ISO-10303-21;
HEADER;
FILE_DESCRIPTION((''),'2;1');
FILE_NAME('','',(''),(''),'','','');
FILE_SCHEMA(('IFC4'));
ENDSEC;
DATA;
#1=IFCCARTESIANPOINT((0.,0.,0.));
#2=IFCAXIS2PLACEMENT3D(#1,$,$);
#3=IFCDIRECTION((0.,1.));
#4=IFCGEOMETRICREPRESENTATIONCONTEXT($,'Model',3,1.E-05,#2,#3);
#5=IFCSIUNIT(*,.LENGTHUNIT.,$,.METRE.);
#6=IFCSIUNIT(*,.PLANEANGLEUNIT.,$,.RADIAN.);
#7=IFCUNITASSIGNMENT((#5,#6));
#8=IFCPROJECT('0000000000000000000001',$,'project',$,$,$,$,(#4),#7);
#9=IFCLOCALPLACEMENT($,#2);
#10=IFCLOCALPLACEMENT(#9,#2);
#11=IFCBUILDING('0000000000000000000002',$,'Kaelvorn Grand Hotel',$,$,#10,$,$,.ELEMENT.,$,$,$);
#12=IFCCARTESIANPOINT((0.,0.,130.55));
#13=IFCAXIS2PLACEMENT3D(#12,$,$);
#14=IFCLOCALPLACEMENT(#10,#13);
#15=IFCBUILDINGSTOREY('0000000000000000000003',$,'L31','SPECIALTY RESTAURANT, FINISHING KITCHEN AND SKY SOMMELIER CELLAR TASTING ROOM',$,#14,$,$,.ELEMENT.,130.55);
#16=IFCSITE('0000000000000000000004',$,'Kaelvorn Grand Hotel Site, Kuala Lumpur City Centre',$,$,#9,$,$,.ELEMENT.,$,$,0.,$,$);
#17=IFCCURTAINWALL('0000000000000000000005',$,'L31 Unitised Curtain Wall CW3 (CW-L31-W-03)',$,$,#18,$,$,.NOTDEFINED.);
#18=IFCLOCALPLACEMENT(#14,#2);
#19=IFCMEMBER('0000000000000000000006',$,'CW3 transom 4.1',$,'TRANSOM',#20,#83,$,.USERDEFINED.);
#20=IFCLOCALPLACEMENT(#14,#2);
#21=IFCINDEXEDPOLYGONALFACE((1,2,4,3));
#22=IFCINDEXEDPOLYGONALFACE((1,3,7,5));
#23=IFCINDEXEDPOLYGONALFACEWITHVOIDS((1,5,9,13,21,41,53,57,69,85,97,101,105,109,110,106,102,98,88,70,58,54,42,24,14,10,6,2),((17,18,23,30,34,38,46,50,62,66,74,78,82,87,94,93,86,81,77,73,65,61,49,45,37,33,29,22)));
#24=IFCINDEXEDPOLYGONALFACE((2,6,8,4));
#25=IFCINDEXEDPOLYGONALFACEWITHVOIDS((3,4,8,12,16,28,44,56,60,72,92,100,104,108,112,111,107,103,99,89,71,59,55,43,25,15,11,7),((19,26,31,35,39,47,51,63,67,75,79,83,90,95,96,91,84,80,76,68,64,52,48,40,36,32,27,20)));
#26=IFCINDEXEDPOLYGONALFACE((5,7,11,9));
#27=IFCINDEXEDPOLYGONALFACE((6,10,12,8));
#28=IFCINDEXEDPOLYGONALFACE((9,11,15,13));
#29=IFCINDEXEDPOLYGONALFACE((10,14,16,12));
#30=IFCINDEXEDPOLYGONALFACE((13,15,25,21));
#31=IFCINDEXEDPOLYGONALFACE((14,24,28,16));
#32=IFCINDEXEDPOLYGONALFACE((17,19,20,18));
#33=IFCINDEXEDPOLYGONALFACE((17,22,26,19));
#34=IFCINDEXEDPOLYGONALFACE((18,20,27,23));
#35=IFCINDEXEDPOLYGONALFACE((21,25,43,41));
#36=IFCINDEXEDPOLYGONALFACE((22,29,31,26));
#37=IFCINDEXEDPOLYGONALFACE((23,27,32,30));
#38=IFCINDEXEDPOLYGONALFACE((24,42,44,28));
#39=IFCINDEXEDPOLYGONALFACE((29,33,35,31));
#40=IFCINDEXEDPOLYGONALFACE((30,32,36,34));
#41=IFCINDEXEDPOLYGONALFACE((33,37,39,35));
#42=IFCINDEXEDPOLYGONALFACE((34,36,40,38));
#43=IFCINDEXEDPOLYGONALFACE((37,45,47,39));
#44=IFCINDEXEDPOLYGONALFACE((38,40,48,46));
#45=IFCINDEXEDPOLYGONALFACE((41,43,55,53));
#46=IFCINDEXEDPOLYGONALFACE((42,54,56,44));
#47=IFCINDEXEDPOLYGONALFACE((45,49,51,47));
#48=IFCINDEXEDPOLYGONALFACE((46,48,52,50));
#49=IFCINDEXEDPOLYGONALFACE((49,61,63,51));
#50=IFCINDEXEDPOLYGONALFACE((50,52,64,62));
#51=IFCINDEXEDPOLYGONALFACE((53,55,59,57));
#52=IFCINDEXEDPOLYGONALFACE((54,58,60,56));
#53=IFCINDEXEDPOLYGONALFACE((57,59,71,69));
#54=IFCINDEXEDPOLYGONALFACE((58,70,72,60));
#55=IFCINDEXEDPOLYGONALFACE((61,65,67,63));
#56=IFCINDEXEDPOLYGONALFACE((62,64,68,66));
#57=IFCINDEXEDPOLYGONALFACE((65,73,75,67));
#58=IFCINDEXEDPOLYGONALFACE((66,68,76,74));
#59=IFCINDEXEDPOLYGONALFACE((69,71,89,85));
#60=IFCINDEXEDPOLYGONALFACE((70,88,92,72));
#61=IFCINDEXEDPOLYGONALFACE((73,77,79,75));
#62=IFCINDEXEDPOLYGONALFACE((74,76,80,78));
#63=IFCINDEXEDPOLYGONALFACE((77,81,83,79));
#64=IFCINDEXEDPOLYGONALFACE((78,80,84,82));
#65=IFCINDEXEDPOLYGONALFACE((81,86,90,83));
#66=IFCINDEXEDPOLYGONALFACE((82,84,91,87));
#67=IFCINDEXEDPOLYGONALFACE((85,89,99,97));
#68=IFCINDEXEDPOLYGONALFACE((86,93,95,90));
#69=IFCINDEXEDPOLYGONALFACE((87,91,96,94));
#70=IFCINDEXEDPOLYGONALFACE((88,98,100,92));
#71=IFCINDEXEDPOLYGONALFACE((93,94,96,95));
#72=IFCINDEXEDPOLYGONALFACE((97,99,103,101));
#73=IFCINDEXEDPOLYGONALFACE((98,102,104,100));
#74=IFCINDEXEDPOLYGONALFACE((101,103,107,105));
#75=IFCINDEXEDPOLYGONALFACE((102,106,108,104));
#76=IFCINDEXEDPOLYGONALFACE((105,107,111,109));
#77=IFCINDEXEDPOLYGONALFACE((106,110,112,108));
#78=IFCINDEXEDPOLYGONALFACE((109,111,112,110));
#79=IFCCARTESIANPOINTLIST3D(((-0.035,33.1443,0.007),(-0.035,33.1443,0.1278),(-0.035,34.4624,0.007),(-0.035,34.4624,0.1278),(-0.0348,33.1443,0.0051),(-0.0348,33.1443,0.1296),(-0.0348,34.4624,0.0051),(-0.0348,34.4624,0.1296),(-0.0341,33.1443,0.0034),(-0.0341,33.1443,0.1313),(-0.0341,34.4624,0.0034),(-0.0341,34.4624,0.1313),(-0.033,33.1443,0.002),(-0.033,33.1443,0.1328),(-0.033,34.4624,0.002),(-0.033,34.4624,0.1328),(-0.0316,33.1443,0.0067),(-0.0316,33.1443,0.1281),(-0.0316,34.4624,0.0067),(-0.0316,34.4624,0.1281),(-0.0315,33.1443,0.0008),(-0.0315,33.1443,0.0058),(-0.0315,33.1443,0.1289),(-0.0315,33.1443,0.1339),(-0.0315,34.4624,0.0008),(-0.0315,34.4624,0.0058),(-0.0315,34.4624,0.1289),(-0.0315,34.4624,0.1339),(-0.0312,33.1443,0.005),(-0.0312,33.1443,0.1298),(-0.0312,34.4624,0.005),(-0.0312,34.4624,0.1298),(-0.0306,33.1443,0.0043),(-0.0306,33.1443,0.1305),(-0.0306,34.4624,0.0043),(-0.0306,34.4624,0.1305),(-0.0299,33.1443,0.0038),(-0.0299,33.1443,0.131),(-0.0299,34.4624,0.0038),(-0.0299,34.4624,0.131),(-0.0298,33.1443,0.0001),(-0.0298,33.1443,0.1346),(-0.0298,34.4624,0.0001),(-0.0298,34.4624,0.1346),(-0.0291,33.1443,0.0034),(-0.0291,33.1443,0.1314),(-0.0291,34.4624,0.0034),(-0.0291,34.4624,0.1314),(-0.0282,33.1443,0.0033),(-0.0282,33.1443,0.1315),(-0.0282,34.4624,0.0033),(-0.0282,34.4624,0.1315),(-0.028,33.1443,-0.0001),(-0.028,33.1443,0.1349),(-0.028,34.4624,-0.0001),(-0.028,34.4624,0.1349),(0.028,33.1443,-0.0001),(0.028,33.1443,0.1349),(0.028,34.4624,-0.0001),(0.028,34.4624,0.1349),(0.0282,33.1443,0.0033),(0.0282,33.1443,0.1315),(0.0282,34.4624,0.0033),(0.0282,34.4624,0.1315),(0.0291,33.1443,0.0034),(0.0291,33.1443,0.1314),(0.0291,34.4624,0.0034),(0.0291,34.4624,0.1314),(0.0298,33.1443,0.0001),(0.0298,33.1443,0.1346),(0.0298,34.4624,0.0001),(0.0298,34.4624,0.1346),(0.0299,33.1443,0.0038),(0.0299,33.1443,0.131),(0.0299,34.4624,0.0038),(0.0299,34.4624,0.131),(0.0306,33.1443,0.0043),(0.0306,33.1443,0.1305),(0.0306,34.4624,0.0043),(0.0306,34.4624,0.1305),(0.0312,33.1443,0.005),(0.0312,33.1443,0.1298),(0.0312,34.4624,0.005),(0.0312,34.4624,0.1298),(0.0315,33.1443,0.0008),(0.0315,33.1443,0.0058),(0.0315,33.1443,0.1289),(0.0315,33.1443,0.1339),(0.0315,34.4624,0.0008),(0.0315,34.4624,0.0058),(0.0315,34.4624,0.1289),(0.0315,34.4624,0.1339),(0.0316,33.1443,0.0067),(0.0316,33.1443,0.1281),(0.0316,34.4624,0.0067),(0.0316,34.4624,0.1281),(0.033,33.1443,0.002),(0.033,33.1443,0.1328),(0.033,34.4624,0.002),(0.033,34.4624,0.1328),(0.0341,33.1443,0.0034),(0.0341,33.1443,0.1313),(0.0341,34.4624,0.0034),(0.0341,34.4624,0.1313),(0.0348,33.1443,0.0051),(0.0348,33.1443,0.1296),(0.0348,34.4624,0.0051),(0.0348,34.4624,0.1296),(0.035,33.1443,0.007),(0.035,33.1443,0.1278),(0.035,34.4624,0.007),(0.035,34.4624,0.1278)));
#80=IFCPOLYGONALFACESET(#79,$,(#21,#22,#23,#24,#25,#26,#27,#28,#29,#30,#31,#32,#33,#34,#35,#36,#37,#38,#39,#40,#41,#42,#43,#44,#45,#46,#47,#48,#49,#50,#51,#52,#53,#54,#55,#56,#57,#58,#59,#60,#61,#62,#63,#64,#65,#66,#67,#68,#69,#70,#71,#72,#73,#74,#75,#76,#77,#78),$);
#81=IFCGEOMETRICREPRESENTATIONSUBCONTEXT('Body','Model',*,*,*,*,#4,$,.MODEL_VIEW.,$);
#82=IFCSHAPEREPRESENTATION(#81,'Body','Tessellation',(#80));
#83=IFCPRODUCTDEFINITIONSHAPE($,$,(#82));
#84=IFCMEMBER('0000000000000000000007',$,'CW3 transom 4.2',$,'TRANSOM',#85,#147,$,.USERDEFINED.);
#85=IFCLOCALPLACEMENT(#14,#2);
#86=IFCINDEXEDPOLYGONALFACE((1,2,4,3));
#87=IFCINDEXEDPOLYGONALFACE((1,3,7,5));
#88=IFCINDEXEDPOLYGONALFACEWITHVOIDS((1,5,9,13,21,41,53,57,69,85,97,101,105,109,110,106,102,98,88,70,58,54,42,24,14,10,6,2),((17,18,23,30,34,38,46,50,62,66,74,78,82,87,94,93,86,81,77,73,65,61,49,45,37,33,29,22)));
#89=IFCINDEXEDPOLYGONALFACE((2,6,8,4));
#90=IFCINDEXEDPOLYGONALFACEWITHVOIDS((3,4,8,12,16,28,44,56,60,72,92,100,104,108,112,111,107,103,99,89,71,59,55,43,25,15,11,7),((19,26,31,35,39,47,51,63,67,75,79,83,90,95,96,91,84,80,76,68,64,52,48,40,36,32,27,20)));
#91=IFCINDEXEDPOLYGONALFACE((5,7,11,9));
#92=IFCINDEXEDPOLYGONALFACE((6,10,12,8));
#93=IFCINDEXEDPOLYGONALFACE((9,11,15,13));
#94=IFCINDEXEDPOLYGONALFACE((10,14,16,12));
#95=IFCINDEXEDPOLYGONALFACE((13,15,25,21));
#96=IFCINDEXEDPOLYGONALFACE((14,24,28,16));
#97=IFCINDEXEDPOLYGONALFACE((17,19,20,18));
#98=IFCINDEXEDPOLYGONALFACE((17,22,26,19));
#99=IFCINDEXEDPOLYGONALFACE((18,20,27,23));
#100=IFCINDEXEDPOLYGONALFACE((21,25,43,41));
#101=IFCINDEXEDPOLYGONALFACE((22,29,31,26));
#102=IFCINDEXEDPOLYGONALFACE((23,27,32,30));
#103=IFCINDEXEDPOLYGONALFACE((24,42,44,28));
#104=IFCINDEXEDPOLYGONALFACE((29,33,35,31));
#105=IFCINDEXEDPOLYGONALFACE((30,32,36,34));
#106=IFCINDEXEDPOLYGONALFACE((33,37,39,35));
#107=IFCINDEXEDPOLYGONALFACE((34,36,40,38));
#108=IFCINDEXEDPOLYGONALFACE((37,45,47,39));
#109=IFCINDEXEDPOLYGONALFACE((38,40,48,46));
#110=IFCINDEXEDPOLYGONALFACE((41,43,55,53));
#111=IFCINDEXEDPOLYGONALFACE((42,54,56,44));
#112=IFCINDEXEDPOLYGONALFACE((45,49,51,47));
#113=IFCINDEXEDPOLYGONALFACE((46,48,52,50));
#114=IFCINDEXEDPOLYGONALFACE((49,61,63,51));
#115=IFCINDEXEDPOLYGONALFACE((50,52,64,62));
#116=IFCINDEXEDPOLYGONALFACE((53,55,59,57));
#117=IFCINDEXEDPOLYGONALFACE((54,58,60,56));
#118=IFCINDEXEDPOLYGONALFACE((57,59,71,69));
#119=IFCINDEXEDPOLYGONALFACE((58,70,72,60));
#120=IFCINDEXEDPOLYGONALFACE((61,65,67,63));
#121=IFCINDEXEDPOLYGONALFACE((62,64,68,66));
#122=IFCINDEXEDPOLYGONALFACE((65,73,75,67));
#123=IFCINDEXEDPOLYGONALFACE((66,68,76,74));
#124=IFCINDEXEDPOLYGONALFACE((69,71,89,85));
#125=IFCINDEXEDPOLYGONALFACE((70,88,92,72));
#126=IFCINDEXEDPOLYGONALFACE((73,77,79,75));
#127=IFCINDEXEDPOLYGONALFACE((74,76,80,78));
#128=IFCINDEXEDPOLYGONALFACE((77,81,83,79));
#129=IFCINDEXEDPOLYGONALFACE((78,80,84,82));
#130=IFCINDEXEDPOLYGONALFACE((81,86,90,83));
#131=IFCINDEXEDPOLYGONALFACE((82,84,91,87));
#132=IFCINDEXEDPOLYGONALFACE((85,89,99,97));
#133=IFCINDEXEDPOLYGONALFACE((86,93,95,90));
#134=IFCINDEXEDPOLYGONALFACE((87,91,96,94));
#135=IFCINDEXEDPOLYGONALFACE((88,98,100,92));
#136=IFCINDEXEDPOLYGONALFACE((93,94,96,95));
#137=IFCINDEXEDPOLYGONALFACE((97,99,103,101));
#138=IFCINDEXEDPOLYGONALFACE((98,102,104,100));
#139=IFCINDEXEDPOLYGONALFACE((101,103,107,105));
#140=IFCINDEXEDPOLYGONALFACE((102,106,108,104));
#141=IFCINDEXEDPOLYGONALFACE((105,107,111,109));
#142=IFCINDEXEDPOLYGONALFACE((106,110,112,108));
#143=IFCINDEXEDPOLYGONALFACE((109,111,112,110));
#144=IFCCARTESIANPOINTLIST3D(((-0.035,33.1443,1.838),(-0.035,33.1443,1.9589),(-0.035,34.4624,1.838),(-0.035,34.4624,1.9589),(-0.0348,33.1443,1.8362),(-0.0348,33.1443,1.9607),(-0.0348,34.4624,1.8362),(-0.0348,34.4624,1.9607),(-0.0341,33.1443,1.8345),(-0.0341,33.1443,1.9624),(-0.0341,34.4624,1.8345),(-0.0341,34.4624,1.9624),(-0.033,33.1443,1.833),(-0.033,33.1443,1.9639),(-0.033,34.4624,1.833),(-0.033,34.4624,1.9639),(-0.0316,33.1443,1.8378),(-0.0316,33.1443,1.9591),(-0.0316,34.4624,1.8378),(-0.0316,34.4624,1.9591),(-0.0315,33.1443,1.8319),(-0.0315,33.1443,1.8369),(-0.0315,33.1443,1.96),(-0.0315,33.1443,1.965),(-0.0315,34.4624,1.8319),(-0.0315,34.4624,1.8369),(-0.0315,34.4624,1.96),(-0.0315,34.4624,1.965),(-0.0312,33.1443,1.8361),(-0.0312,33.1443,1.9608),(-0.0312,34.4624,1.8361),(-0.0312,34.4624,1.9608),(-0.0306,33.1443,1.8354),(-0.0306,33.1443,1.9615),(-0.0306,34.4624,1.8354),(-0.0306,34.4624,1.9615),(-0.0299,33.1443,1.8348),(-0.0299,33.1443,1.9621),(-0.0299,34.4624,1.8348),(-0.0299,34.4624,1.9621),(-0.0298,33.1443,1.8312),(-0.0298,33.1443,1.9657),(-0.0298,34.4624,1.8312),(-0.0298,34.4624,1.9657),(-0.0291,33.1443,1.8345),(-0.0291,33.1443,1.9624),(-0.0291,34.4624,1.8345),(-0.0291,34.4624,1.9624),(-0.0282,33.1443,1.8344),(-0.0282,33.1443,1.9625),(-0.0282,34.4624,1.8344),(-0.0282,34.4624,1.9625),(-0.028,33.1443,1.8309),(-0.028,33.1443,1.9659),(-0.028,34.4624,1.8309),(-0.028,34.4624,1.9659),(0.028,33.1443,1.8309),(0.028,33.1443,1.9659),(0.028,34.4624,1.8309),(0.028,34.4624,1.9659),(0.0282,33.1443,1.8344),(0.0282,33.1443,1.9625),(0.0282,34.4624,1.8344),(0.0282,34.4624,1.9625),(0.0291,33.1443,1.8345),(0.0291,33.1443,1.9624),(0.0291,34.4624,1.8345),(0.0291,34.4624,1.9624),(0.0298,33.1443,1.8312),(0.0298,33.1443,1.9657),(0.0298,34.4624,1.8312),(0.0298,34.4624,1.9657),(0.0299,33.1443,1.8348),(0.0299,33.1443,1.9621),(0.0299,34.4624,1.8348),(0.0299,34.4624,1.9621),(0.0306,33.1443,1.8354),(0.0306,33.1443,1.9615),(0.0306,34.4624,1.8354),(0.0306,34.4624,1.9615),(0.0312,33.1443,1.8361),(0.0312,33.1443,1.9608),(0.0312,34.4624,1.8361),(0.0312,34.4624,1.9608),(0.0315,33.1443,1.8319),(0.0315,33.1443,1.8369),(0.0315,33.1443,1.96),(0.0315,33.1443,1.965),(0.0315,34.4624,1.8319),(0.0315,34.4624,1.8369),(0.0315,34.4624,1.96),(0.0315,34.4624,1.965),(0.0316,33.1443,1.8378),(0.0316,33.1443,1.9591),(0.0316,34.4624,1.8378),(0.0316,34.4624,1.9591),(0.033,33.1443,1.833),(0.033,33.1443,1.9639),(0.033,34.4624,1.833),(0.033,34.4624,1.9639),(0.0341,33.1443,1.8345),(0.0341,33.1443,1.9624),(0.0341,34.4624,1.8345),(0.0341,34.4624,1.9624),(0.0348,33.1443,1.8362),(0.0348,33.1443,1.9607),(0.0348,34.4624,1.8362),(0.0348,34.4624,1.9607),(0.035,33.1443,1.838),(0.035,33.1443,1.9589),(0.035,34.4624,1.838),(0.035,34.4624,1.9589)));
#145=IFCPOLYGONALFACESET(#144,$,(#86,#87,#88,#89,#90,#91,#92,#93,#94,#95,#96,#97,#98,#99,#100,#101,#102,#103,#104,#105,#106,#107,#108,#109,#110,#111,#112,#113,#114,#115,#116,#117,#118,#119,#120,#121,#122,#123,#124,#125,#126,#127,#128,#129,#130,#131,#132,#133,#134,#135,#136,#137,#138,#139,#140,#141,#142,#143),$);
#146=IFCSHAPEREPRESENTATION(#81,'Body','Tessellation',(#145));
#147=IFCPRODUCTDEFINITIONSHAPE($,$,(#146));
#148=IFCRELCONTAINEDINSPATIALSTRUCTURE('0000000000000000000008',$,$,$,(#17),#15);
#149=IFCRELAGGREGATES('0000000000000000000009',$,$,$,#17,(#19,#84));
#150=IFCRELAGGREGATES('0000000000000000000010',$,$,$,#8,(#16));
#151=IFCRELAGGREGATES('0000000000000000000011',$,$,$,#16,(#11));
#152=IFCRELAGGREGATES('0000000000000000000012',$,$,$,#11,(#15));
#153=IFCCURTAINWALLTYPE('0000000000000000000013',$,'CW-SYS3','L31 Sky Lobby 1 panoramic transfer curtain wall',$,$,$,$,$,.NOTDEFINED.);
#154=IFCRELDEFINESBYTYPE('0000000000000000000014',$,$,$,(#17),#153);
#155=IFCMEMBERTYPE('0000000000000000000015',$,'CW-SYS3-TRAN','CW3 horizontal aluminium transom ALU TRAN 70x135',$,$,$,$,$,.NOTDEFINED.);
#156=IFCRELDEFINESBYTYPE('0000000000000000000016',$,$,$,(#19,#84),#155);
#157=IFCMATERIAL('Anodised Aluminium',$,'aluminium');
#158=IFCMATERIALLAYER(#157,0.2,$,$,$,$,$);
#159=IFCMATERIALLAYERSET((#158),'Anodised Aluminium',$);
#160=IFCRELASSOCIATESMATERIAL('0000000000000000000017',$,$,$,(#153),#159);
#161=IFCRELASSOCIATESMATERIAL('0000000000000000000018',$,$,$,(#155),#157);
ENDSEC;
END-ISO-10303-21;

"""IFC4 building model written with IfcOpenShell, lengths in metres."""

from ifc_helpers import new_model, si_unit, direction, frame, origin, origin_2d, place, context, subcontext, project, spatial, hollow_rectangle, extrude, material, layer, layer_set, material_profile, profile_set, type_object, element, aggregate, save


model = new_model("IFC4")

# Units and contexts
model_context = context("Model", 3, precision=1e-05, world=origin(), true_north=direction((0.0, 1.0)))
body_context = subcontext(model_context, "Body", "Model", "MODEL_VIEW")
ifc_project = project(units=[si_unit("LENGTHUNIT", "METRE"), si_unit("PLANEANGLEUNIT", "RADIAN")], contexts=[model_context])

# Site, building, storey
site_placement = place(None, origin())
site = spatial("IfcSite", under=ifc_project, at=site_placement, Name="Kaelvorn Grand Hotel Site, Kuala Lumpur City Centre", CompositionType="ELEMENT", RefElevation=0.0)
building_placement = place(site_placement, origin())
building = spatial("IfcBuilding", under=site, at=building_placement, Name="Kaelvorn Grand Hotel", CompositionType="ELEMENT")
storey_placement = place(building_placement, frame((0.0, 0.0, 130.55)))
storey = spatial("IfcBuildingStorey", under=building, at=storey_placement, Name="L31", Description="SPECIALTY RESTAURANT, FINISHING KITCHEN AND SKY SOMMELIER CELLAR TASTING ROOM", CompositionType="ELEMENT", Elevation=130.55)

# Curtain wall, members
ifc_material_1 = material(Name="Anodised Aluminium", Category="aluminium")
ifc_layer_1 = layer(ifc_material_1, 0.2)
ifc_layer_set_1 = layer_set([ifc_layer_1], Name="Anodised Aluminium")
curtain_wall_type = type_object("IfcCurtainWallType", Name="CW-SYS3", Description="L31 Sky Lobby 1 panoramic transfer curtain wall", PredefinedType="NOTDEFINED", material=ifc_layer_set_1)
curtain_wall_placement = place(storey_placement, origin())
curtain_wall = element("IfcCurtainWall", 1, at=curtain_wall_placement, inside=storey, type_object=curtain_wall_type, Name="L31 Unitised Curtain Wall CW3 (CW-L31-W-03)", PredefinedType="NOTDEFINED")
ifc_material_profile_1 = material_profile(ifc_material_1, hollow_rectangle(XDim=0.0701, YDim=0.135, WallThickness=0.0034, InnerFilletRadius=0.0034, OuterFilletRadius=0.0071, at=origin_2d()), Name="ALU TRAN 70x135")
ifc_profile_set_1 = profile_set([ifc_material_profile_1], Name="Anodised Aluminium")
member_type_1 = type_object("IfcMemberType", Name="CW-SYS3-TRAN", Description="CW3 horizontal aluminium transom ALU TRAN 70x135", PredefinedType="NOTDEFINED", material=ifc_profile_set_1)
member_1_placement = place(storey_placement, frame((0.0, 34.4624, 0.0674), z_axis=(0.0, -1.0, 0.0), x_axis=(1.0, 0.0, 0.0)))
member_1 = element("IfcMember", 2, at=member_1_placement, type_object=member_type_1, Name="CW3 transom 4.1", ObjectType="TRANSOM", PredefinedType="USERDEFINED", context=body_context, shape_type="SweptSolid", body=[
    extrude(hollow_rectangle(XDim=0.0701, YDim=0.135, WallThickness=0.0034, InnerFilletRadius=0.0034, OuterFilletRadius=0.0071, at=origin_2d()), origin(), (0.0, 0.0, 1.0), 1.3181),
])
member_2_placement = place(storey_placement, frame((0.0, 34.4624, 1.8984), z_axis=(0.0, -1.0, 0.0), x_axis=(1.0, 0.0, 0.0)))
member_2 = element("IfcMember", 3, at=member_2_placement, type_object=member_type_1, Name="CW3 transom 4.2", ObjectType="TRANSOM", PredefinedType="USERDEFINED", context=body_context, shape_type="SweptSolid", body=[
    extrude(hollow_rectangle(XDim=0.0701, YDim=0.135, WallThickness=0.0034, InnerFilletRadius=0.0034, OuterFilletRadius=0.0071, at=origin_2d()), origin(), (0.0, 0.0, 1.0), 1.3181),
])
aggregate(curtain_wall, [member_1, member_2])

save(model, "model.ifc")
